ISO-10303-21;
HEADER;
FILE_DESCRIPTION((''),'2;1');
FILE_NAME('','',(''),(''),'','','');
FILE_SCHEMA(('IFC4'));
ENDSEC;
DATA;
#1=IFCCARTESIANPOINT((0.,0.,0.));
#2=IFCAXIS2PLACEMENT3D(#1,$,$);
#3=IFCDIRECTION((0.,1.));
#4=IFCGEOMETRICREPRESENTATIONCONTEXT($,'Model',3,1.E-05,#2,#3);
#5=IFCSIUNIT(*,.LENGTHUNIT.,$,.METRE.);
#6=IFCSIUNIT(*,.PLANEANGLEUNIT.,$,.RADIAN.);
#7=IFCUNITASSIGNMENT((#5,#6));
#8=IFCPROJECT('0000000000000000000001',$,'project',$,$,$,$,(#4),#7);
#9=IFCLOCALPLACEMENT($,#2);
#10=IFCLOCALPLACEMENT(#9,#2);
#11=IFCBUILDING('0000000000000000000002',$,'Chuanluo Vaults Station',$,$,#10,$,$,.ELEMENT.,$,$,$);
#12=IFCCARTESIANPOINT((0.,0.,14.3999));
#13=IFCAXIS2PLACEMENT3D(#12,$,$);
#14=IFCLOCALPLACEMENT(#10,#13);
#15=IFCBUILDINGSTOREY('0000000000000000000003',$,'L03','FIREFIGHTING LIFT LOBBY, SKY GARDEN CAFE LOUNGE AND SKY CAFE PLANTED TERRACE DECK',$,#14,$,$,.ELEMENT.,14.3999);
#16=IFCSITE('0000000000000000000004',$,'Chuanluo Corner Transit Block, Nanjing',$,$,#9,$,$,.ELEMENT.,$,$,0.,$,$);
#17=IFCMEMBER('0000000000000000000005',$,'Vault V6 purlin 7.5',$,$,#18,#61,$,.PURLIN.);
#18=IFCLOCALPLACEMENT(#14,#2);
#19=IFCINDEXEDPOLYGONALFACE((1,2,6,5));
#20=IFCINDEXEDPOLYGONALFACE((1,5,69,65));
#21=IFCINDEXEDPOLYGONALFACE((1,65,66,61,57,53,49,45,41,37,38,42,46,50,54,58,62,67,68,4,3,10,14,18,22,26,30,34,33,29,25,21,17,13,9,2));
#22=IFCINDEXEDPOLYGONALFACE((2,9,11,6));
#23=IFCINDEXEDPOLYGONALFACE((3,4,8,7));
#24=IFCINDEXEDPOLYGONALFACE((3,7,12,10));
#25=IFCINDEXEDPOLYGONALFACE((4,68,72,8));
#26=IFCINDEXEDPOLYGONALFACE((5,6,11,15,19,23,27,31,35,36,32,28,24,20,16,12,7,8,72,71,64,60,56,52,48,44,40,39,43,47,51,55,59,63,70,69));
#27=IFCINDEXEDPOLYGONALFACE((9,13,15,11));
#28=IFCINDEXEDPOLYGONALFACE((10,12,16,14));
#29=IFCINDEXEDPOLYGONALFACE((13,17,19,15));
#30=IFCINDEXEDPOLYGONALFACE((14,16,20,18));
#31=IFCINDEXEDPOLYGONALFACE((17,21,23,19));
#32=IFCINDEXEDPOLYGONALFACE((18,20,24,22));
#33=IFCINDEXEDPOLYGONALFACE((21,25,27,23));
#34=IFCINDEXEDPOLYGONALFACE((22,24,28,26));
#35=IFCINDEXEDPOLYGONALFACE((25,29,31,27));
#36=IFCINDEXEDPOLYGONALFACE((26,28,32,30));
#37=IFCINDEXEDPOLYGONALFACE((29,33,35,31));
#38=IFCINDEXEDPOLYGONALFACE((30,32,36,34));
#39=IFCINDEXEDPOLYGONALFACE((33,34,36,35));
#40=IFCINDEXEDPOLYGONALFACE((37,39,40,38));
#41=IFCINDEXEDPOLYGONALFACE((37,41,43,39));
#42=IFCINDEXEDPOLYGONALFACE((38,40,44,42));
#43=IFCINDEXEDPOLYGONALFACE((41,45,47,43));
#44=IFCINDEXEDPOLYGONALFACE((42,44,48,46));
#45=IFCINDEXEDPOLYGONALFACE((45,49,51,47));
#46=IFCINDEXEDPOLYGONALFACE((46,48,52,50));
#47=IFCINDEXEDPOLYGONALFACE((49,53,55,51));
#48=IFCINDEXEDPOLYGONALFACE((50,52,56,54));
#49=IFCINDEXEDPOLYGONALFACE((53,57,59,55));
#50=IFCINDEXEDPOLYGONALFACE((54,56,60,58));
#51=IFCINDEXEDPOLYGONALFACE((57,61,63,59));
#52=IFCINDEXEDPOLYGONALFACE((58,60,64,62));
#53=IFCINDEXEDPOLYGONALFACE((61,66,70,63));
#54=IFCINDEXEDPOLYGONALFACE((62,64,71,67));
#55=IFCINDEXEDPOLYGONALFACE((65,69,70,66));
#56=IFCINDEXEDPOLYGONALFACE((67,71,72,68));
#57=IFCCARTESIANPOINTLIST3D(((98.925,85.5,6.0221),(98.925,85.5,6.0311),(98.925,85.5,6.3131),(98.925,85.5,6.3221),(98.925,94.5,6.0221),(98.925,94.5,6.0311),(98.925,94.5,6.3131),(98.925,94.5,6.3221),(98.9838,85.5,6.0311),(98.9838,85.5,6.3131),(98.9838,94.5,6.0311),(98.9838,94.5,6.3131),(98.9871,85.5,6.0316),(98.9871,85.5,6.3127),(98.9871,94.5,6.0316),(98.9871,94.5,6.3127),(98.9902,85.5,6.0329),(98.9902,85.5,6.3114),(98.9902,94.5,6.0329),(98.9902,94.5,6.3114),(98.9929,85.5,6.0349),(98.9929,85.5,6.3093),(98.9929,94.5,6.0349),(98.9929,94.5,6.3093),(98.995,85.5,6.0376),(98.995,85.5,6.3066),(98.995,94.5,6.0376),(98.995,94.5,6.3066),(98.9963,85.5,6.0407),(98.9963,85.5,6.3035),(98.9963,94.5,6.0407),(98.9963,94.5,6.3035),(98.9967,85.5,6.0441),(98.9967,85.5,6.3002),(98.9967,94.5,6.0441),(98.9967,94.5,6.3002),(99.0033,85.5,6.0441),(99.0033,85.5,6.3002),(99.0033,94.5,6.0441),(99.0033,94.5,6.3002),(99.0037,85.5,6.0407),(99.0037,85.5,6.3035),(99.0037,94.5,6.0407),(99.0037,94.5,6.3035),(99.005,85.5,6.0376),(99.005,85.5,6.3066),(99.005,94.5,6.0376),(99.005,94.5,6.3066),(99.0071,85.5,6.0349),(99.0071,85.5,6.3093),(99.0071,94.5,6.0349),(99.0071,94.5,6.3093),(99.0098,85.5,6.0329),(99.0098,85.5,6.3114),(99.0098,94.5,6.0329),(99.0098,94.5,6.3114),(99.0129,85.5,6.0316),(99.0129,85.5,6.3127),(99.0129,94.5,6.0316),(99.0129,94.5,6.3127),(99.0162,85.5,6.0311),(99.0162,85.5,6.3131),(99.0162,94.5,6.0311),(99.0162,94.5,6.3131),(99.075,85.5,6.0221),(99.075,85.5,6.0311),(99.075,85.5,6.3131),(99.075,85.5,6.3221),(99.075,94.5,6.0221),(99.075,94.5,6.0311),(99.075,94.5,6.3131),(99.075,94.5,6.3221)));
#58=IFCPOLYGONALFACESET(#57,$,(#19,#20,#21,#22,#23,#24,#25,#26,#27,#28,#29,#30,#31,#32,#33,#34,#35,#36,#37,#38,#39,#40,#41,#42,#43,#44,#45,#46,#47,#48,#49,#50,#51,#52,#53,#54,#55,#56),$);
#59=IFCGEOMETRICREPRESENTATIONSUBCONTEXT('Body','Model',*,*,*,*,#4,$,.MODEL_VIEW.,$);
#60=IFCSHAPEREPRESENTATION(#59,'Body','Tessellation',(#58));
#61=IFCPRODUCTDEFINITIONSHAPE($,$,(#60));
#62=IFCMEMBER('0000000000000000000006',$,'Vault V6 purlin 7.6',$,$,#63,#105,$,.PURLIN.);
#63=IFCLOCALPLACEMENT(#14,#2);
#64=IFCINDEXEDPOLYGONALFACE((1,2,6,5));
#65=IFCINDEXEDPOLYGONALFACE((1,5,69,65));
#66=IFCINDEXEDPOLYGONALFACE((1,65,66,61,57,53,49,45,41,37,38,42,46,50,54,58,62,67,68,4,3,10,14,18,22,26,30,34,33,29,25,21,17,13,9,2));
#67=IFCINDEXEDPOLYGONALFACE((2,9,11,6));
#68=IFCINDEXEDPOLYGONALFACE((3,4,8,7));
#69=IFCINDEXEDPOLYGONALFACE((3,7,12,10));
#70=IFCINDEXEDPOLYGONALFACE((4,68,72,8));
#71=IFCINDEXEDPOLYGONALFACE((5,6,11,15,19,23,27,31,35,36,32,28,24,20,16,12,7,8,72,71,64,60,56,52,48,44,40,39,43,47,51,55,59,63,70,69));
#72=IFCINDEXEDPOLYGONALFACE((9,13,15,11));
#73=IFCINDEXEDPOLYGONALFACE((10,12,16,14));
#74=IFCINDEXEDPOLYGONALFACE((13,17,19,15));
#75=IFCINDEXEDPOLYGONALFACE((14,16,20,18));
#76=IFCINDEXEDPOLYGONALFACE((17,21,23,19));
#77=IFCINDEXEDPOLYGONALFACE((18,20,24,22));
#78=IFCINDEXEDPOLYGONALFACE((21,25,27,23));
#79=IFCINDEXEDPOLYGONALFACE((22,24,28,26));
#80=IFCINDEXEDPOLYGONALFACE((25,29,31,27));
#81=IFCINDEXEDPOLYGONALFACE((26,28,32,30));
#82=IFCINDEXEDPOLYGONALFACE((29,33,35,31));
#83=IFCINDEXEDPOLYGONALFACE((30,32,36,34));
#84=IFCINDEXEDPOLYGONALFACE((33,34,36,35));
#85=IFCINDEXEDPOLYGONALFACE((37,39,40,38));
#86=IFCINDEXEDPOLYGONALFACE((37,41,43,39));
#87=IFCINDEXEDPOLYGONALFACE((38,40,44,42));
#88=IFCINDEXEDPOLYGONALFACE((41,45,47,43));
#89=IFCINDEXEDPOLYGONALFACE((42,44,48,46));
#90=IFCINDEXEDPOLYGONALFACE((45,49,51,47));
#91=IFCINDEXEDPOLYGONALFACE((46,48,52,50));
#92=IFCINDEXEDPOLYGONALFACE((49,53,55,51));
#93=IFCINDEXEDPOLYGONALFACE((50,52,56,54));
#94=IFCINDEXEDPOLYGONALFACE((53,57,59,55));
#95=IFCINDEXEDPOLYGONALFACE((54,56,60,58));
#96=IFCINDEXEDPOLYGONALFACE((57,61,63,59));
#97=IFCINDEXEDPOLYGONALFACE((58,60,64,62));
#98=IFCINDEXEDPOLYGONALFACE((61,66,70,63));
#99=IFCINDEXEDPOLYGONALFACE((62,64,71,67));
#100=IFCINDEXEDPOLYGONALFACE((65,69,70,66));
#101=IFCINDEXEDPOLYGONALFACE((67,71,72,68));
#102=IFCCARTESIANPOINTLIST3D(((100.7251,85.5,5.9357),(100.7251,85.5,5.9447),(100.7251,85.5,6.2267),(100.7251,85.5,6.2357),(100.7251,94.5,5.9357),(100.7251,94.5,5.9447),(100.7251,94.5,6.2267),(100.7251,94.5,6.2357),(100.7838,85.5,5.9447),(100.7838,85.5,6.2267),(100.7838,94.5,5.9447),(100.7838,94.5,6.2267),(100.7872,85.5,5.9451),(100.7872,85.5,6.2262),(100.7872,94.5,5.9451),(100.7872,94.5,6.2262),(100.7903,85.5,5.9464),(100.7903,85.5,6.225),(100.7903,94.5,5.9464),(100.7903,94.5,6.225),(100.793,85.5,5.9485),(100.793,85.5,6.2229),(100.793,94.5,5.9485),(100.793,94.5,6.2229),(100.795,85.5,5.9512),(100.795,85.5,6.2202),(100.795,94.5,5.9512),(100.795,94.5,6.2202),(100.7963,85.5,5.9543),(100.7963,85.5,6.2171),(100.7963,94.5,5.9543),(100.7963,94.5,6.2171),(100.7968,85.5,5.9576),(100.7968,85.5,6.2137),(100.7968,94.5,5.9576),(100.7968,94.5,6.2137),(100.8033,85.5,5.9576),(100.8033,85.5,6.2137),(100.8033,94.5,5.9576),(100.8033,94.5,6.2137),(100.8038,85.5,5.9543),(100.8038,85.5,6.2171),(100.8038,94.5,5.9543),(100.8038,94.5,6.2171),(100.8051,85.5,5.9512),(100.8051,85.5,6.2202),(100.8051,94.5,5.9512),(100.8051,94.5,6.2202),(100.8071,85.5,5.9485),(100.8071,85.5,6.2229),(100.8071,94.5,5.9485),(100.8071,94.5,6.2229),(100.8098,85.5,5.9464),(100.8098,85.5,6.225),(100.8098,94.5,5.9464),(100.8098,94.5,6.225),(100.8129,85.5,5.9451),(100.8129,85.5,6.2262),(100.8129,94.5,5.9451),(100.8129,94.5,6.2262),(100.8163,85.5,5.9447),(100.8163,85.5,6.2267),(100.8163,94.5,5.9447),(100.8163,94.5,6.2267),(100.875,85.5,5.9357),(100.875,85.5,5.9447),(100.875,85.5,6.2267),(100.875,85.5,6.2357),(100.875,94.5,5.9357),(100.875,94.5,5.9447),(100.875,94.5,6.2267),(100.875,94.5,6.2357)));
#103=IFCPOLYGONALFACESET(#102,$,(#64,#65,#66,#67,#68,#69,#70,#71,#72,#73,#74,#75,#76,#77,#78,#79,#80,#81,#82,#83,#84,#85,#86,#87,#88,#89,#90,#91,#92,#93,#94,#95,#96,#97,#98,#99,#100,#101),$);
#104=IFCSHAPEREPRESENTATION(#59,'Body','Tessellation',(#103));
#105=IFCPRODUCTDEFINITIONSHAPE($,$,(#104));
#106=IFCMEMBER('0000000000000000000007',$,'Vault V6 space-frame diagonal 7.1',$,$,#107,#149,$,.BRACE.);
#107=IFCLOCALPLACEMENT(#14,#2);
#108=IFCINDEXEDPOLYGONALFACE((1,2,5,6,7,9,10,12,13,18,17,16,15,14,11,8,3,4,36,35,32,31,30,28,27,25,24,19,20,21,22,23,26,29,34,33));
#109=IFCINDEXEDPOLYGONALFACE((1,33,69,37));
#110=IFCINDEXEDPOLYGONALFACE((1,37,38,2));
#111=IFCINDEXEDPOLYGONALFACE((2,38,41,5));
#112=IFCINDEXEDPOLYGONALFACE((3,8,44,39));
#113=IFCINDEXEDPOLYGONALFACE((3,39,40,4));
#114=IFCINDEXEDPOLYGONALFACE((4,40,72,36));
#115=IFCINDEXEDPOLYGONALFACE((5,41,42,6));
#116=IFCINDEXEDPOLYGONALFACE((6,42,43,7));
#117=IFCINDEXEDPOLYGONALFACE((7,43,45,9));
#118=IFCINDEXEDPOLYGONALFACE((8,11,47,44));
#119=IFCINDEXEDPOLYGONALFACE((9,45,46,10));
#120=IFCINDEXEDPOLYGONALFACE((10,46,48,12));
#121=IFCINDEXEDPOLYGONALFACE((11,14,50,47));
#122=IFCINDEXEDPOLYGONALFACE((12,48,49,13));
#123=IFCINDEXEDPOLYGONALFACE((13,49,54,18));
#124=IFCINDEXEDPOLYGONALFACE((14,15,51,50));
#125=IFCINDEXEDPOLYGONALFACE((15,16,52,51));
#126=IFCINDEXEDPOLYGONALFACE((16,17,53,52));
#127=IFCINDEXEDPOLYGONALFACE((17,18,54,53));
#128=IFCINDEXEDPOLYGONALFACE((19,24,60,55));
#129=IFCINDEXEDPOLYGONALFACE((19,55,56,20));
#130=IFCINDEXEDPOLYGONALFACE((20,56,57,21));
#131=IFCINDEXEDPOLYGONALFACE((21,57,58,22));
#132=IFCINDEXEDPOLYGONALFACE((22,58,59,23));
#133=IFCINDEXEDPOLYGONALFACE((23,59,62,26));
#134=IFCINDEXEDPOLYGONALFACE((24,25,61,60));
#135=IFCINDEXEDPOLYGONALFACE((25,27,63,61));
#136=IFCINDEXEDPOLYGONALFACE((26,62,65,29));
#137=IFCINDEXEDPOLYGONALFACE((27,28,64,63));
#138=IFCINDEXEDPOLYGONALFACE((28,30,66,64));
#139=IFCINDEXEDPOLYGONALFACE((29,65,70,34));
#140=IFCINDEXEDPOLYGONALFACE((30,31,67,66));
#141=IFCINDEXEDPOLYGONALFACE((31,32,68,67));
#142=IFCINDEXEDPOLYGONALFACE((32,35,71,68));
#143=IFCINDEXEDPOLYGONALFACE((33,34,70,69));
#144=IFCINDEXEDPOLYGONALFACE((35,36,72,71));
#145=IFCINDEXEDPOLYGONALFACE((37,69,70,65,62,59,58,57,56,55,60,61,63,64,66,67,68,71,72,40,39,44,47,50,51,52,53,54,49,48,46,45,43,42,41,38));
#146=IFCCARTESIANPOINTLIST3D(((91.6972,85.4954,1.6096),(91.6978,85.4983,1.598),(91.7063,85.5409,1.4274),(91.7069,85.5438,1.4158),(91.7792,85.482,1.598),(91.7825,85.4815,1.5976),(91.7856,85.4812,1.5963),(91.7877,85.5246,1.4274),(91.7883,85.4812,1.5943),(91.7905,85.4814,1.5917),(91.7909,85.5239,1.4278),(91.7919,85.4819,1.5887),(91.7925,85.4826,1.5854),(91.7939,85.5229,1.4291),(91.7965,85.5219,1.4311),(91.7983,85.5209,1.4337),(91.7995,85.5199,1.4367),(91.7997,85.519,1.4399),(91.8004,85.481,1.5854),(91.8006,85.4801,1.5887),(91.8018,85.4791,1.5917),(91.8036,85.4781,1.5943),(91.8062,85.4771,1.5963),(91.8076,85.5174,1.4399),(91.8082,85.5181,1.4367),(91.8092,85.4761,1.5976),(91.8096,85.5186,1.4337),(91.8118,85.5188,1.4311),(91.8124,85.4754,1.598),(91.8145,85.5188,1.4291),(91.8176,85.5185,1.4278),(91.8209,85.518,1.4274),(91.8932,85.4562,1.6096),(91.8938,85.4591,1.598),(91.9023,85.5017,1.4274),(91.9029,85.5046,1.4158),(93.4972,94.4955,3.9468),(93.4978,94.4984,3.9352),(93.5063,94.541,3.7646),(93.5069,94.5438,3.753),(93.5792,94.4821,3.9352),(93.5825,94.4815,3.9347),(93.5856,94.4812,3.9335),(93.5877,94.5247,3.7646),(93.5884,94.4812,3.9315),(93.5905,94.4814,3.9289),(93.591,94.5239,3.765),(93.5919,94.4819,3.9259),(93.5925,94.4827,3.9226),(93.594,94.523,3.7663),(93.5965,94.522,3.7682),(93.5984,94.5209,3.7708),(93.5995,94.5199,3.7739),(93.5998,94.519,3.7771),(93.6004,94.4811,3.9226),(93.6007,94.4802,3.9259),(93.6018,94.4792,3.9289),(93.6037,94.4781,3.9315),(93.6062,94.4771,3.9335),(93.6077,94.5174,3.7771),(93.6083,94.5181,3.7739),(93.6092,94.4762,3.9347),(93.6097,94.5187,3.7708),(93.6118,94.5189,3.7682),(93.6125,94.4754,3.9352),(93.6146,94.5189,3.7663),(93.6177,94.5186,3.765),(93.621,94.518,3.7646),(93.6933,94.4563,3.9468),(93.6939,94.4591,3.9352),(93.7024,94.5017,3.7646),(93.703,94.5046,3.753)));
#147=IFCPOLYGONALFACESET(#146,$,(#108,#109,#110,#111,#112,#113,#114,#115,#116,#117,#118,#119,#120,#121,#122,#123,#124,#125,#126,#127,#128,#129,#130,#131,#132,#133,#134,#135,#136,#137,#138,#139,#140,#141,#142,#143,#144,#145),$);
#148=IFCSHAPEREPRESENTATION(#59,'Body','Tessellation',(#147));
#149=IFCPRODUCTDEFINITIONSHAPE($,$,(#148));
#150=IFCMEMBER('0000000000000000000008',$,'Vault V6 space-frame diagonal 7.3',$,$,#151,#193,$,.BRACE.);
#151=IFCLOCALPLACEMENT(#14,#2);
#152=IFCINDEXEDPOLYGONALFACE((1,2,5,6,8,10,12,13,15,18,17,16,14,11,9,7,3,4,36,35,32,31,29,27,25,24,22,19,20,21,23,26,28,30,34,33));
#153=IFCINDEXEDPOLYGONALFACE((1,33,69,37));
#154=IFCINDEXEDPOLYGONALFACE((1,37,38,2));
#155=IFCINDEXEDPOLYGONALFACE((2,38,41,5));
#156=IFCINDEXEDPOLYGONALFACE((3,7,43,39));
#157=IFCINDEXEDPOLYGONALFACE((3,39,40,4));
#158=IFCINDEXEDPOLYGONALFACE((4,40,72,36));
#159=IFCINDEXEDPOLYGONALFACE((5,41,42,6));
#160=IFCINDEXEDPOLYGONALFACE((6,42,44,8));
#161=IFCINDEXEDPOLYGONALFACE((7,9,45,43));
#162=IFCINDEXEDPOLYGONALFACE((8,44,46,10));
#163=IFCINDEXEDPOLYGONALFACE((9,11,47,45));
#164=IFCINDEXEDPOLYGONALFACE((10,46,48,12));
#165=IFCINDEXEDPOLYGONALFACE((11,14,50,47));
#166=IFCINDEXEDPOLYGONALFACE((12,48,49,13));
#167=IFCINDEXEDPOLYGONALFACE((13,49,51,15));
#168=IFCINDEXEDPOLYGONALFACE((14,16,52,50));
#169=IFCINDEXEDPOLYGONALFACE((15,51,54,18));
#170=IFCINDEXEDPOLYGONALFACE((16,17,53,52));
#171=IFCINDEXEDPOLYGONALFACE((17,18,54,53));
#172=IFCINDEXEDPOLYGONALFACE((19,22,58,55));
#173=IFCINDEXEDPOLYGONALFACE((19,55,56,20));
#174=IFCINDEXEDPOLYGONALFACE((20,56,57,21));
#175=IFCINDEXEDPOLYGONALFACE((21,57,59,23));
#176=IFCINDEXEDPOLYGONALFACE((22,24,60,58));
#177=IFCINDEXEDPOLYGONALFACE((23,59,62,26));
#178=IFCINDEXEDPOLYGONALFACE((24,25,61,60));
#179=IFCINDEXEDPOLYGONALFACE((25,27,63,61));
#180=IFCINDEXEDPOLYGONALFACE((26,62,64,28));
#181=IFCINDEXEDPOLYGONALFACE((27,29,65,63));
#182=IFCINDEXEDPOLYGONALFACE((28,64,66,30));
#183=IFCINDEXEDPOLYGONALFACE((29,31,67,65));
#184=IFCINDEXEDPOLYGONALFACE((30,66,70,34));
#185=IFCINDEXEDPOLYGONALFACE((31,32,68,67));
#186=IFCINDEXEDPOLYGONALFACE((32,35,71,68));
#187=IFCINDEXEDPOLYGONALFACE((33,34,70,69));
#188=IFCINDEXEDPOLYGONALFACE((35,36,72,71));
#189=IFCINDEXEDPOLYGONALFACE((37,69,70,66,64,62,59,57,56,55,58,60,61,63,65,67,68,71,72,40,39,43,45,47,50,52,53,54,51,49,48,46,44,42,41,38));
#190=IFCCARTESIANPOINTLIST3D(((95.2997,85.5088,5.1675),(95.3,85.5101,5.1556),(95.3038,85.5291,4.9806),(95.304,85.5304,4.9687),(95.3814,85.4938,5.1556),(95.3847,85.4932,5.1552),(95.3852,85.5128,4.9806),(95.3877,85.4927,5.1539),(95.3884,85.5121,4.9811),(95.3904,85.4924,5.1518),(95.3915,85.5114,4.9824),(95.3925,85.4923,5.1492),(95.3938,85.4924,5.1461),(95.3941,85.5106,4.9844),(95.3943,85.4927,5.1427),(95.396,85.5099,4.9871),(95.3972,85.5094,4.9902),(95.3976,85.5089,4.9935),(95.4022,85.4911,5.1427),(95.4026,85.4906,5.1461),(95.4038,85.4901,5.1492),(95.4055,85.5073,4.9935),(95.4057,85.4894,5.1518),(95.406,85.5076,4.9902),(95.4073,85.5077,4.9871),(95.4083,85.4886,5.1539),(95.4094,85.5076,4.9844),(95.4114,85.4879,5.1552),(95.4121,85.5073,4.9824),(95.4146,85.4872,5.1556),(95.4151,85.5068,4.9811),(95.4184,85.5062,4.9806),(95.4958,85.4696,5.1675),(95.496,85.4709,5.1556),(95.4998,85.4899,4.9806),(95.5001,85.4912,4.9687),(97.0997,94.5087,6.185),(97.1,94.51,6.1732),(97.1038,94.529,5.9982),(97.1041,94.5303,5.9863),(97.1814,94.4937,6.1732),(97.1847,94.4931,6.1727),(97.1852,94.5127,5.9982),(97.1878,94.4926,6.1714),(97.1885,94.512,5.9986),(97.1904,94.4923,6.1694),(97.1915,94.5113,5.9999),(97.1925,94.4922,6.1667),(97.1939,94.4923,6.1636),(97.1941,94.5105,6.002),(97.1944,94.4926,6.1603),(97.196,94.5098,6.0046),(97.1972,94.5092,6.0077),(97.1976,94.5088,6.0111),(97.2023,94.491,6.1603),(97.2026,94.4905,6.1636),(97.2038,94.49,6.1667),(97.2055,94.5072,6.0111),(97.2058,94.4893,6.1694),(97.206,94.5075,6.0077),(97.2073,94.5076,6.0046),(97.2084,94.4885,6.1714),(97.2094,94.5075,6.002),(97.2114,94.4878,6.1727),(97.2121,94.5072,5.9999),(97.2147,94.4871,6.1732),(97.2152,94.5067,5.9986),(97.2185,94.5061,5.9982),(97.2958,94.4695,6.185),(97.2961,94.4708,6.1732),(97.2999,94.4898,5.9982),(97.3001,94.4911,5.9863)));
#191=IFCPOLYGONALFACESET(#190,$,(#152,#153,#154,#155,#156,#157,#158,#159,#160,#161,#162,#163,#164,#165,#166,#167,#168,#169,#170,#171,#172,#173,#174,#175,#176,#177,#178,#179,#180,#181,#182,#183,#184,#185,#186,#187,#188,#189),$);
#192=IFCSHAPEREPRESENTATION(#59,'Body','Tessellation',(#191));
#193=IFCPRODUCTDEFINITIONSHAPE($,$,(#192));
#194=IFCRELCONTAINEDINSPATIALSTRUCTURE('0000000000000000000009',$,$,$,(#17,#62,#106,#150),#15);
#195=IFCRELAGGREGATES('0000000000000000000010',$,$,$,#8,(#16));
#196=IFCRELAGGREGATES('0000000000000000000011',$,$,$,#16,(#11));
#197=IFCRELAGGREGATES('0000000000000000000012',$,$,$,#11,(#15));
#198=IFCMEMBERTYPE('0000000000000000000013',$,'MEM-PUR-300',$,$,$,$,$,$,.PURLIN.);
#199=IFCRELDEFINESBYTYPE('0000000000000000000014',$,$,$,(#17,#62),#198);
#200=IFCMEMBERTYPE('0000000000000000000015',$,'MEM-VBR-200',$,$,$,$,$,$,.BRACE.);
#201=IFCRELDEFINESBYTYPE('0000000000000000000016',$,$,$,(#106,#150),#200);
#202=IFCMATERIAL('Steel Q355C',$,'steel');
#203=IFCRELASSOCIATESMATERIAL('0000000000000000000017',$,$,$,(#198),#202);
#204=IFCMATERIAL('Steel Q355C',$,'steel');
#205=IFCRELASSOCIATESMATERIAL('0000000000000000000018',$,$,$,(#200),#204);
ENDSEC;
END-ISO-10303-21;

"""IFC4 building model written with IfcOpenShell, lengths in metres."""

from ifc_helpers import new_model, si_unit, direction, frame, origin, origin_2d, place, context, subcontext, project, spatial, i_section, extrude, material, material_profile, profile_set, type_object, element, save


model = new_model("IFC4")

# Units and contexts
model_context = context("Model", 3, precision=1e-05, world=origin(), true_north=direction((0.0, 1.0)))
body_context = subcontext(model_context, "Body", "Model", "MODEL_VIEW")
ifc_project = project(units=[si_unit("LENGTHUNIT", "METRE"), si_unit("PLANEANGLEUNIT", "RADIAN")], contexts=[model_context])

# Site, building, storey
site_placement = place(None, origin())
site = spatial("IfcSite", under=ifc_project, at=site_placement, Name="Chuanluo Corner Transit Block, Nanjing", CompositionType="ELEMENT", RefElevation=0.0)
building_placement = place(site_placement, origin())
building = spatial("IfcBuilding", under=site, at=building_placement, Name="Chuanluo Vaults Station", CompositionType="ELEMENT")
storey_placement = place(building_placement, frame((0.0, 0.0, 14.3999)))
storey = spatial("IfcBuildingStorey", under=building, at=storey_placement, Name="L03", Description="FIREFIGHTING LIFT LOBBY, SKY GARDEN CAFE LOUNGE AND SKY CAFE PLANTED TERRACE DECK", CompositionType="ELEMENT", Elevation=14.3999)

# Members
ifc_material_1 = material(Name="Steel Q355C", Category="steel")
ifc_material_profile_1 = material_profile(ifc_material_1, i_section(OverallWidth=0.1499, OverallDepth=0.3, WebThickness=0.0066, FlangeThickness=0.009, FilletRadius=0.0129, at=origin_2d()))
ifc_profile_set_1 = profile_set([ifc_material_profile_1], Name="Steel Q355C")
member_type_1 = type_object("IfcMemberType", Name="MEM-PUR-300", PredefinedType="PURLIN", material=ifc_profile_set_1)
for number, where, z_axis, x_axis, name in (
    (1, (99.0, 85.5, 6.1721), (0.0, 1.0, 0.0), (-1.0, 0.0, 0.0), "Vault V6 purlin 7.5"),
    (2, (100.8, 85.5, 6.0857), (0.0, 1.0, 0.0), (-1.0, 0.0, 0.0), "Vault V6 purlin 7.6"),
):
    element("IfcMember", number, at=place(storey_placement, frame(where, z_axis=z_axis, x_axis=x_axis)), inside=storey, type_object=member_type_1, Name=name, PredefinedType="PURLIN", context=body_context, shape_type="SweptSolid", body=[
        extrude(i_section(OverallWidth=0.1499, OverallDepth=0.3, WebThickness=0.0066, FlangeThickness=0.009, FilletRadius=0.0129, at=origin_2d()), origin(), (0.0, 0.0, 1.0), 9.0),
    ])
ifc_material_2 = material(Name="Steel Q355C", Category="steel")
ifc_material_profile_2 = material_profile(ifc_material_2, i_section(OverallWidth=0.2, OverallDepth=0.2, WebThickness=0.0081, FlangeThickness=0.012, FilletRadius=0.0129, at=origin_2d()))
ifc_profile_set_2 = profile_set([ifc_material_profile_2], Name="Steel Q355C")
member_type_2 = type_object("IfcMemberType", Name="MEM-VBR-200", PredefinedType="BRACE", material=ifc_profile_set_2)
member_1_placement = place(storey_placement, frame((91.8, 85.5, 1.5127), z_axis=(0.190056, 0.950255, 0.246766), x_axis=(-0.98058, 0.196121, 0.0)))
element("IfcMember", 3, at=member_1_placement, inside=storey, type_object=member_type_2, Name="Vault V6 space-frame diagonal 7.1", PredefinedType="BRACE", context=body_context, shape_type="SweptSolid", body=[
    extrude(i_section(OverallWidth=0.2, OverallDepth=0.2, WebThickness=0.0081, FlangeThickness=0.012, FilletRadius=0.0129, at=origin_2d()), origin(), (0.0, 0.0, 1.0), 9.4712),
])
member_2_placement = place(storey_placement, frame((95.3999, 85.5, 5.0681), z_axis=(0.194927, 0.974608, 0.110193), x_axis=(-0.98058, 0.196121, 0.0)))
element("IfcMember", 4, at=member_2_placement, inside=storey, type_object=member_type_2, Name="Vault V6 space-frame diagonal 7.3", PredefinedType="BRACE", context=body_context, shape_type="SweptSolid", body=[
    extrude(i_section(OverallWidth=0.2, OverallDepth=0.2, WebThickness=0.0081, FlangeThickness=0.012, FilletRadius=0.0129, at=origin_2d()), origin(), (0.0, 0.0, 1.0), 9.2344),
])

save(model, "model.ifc")
